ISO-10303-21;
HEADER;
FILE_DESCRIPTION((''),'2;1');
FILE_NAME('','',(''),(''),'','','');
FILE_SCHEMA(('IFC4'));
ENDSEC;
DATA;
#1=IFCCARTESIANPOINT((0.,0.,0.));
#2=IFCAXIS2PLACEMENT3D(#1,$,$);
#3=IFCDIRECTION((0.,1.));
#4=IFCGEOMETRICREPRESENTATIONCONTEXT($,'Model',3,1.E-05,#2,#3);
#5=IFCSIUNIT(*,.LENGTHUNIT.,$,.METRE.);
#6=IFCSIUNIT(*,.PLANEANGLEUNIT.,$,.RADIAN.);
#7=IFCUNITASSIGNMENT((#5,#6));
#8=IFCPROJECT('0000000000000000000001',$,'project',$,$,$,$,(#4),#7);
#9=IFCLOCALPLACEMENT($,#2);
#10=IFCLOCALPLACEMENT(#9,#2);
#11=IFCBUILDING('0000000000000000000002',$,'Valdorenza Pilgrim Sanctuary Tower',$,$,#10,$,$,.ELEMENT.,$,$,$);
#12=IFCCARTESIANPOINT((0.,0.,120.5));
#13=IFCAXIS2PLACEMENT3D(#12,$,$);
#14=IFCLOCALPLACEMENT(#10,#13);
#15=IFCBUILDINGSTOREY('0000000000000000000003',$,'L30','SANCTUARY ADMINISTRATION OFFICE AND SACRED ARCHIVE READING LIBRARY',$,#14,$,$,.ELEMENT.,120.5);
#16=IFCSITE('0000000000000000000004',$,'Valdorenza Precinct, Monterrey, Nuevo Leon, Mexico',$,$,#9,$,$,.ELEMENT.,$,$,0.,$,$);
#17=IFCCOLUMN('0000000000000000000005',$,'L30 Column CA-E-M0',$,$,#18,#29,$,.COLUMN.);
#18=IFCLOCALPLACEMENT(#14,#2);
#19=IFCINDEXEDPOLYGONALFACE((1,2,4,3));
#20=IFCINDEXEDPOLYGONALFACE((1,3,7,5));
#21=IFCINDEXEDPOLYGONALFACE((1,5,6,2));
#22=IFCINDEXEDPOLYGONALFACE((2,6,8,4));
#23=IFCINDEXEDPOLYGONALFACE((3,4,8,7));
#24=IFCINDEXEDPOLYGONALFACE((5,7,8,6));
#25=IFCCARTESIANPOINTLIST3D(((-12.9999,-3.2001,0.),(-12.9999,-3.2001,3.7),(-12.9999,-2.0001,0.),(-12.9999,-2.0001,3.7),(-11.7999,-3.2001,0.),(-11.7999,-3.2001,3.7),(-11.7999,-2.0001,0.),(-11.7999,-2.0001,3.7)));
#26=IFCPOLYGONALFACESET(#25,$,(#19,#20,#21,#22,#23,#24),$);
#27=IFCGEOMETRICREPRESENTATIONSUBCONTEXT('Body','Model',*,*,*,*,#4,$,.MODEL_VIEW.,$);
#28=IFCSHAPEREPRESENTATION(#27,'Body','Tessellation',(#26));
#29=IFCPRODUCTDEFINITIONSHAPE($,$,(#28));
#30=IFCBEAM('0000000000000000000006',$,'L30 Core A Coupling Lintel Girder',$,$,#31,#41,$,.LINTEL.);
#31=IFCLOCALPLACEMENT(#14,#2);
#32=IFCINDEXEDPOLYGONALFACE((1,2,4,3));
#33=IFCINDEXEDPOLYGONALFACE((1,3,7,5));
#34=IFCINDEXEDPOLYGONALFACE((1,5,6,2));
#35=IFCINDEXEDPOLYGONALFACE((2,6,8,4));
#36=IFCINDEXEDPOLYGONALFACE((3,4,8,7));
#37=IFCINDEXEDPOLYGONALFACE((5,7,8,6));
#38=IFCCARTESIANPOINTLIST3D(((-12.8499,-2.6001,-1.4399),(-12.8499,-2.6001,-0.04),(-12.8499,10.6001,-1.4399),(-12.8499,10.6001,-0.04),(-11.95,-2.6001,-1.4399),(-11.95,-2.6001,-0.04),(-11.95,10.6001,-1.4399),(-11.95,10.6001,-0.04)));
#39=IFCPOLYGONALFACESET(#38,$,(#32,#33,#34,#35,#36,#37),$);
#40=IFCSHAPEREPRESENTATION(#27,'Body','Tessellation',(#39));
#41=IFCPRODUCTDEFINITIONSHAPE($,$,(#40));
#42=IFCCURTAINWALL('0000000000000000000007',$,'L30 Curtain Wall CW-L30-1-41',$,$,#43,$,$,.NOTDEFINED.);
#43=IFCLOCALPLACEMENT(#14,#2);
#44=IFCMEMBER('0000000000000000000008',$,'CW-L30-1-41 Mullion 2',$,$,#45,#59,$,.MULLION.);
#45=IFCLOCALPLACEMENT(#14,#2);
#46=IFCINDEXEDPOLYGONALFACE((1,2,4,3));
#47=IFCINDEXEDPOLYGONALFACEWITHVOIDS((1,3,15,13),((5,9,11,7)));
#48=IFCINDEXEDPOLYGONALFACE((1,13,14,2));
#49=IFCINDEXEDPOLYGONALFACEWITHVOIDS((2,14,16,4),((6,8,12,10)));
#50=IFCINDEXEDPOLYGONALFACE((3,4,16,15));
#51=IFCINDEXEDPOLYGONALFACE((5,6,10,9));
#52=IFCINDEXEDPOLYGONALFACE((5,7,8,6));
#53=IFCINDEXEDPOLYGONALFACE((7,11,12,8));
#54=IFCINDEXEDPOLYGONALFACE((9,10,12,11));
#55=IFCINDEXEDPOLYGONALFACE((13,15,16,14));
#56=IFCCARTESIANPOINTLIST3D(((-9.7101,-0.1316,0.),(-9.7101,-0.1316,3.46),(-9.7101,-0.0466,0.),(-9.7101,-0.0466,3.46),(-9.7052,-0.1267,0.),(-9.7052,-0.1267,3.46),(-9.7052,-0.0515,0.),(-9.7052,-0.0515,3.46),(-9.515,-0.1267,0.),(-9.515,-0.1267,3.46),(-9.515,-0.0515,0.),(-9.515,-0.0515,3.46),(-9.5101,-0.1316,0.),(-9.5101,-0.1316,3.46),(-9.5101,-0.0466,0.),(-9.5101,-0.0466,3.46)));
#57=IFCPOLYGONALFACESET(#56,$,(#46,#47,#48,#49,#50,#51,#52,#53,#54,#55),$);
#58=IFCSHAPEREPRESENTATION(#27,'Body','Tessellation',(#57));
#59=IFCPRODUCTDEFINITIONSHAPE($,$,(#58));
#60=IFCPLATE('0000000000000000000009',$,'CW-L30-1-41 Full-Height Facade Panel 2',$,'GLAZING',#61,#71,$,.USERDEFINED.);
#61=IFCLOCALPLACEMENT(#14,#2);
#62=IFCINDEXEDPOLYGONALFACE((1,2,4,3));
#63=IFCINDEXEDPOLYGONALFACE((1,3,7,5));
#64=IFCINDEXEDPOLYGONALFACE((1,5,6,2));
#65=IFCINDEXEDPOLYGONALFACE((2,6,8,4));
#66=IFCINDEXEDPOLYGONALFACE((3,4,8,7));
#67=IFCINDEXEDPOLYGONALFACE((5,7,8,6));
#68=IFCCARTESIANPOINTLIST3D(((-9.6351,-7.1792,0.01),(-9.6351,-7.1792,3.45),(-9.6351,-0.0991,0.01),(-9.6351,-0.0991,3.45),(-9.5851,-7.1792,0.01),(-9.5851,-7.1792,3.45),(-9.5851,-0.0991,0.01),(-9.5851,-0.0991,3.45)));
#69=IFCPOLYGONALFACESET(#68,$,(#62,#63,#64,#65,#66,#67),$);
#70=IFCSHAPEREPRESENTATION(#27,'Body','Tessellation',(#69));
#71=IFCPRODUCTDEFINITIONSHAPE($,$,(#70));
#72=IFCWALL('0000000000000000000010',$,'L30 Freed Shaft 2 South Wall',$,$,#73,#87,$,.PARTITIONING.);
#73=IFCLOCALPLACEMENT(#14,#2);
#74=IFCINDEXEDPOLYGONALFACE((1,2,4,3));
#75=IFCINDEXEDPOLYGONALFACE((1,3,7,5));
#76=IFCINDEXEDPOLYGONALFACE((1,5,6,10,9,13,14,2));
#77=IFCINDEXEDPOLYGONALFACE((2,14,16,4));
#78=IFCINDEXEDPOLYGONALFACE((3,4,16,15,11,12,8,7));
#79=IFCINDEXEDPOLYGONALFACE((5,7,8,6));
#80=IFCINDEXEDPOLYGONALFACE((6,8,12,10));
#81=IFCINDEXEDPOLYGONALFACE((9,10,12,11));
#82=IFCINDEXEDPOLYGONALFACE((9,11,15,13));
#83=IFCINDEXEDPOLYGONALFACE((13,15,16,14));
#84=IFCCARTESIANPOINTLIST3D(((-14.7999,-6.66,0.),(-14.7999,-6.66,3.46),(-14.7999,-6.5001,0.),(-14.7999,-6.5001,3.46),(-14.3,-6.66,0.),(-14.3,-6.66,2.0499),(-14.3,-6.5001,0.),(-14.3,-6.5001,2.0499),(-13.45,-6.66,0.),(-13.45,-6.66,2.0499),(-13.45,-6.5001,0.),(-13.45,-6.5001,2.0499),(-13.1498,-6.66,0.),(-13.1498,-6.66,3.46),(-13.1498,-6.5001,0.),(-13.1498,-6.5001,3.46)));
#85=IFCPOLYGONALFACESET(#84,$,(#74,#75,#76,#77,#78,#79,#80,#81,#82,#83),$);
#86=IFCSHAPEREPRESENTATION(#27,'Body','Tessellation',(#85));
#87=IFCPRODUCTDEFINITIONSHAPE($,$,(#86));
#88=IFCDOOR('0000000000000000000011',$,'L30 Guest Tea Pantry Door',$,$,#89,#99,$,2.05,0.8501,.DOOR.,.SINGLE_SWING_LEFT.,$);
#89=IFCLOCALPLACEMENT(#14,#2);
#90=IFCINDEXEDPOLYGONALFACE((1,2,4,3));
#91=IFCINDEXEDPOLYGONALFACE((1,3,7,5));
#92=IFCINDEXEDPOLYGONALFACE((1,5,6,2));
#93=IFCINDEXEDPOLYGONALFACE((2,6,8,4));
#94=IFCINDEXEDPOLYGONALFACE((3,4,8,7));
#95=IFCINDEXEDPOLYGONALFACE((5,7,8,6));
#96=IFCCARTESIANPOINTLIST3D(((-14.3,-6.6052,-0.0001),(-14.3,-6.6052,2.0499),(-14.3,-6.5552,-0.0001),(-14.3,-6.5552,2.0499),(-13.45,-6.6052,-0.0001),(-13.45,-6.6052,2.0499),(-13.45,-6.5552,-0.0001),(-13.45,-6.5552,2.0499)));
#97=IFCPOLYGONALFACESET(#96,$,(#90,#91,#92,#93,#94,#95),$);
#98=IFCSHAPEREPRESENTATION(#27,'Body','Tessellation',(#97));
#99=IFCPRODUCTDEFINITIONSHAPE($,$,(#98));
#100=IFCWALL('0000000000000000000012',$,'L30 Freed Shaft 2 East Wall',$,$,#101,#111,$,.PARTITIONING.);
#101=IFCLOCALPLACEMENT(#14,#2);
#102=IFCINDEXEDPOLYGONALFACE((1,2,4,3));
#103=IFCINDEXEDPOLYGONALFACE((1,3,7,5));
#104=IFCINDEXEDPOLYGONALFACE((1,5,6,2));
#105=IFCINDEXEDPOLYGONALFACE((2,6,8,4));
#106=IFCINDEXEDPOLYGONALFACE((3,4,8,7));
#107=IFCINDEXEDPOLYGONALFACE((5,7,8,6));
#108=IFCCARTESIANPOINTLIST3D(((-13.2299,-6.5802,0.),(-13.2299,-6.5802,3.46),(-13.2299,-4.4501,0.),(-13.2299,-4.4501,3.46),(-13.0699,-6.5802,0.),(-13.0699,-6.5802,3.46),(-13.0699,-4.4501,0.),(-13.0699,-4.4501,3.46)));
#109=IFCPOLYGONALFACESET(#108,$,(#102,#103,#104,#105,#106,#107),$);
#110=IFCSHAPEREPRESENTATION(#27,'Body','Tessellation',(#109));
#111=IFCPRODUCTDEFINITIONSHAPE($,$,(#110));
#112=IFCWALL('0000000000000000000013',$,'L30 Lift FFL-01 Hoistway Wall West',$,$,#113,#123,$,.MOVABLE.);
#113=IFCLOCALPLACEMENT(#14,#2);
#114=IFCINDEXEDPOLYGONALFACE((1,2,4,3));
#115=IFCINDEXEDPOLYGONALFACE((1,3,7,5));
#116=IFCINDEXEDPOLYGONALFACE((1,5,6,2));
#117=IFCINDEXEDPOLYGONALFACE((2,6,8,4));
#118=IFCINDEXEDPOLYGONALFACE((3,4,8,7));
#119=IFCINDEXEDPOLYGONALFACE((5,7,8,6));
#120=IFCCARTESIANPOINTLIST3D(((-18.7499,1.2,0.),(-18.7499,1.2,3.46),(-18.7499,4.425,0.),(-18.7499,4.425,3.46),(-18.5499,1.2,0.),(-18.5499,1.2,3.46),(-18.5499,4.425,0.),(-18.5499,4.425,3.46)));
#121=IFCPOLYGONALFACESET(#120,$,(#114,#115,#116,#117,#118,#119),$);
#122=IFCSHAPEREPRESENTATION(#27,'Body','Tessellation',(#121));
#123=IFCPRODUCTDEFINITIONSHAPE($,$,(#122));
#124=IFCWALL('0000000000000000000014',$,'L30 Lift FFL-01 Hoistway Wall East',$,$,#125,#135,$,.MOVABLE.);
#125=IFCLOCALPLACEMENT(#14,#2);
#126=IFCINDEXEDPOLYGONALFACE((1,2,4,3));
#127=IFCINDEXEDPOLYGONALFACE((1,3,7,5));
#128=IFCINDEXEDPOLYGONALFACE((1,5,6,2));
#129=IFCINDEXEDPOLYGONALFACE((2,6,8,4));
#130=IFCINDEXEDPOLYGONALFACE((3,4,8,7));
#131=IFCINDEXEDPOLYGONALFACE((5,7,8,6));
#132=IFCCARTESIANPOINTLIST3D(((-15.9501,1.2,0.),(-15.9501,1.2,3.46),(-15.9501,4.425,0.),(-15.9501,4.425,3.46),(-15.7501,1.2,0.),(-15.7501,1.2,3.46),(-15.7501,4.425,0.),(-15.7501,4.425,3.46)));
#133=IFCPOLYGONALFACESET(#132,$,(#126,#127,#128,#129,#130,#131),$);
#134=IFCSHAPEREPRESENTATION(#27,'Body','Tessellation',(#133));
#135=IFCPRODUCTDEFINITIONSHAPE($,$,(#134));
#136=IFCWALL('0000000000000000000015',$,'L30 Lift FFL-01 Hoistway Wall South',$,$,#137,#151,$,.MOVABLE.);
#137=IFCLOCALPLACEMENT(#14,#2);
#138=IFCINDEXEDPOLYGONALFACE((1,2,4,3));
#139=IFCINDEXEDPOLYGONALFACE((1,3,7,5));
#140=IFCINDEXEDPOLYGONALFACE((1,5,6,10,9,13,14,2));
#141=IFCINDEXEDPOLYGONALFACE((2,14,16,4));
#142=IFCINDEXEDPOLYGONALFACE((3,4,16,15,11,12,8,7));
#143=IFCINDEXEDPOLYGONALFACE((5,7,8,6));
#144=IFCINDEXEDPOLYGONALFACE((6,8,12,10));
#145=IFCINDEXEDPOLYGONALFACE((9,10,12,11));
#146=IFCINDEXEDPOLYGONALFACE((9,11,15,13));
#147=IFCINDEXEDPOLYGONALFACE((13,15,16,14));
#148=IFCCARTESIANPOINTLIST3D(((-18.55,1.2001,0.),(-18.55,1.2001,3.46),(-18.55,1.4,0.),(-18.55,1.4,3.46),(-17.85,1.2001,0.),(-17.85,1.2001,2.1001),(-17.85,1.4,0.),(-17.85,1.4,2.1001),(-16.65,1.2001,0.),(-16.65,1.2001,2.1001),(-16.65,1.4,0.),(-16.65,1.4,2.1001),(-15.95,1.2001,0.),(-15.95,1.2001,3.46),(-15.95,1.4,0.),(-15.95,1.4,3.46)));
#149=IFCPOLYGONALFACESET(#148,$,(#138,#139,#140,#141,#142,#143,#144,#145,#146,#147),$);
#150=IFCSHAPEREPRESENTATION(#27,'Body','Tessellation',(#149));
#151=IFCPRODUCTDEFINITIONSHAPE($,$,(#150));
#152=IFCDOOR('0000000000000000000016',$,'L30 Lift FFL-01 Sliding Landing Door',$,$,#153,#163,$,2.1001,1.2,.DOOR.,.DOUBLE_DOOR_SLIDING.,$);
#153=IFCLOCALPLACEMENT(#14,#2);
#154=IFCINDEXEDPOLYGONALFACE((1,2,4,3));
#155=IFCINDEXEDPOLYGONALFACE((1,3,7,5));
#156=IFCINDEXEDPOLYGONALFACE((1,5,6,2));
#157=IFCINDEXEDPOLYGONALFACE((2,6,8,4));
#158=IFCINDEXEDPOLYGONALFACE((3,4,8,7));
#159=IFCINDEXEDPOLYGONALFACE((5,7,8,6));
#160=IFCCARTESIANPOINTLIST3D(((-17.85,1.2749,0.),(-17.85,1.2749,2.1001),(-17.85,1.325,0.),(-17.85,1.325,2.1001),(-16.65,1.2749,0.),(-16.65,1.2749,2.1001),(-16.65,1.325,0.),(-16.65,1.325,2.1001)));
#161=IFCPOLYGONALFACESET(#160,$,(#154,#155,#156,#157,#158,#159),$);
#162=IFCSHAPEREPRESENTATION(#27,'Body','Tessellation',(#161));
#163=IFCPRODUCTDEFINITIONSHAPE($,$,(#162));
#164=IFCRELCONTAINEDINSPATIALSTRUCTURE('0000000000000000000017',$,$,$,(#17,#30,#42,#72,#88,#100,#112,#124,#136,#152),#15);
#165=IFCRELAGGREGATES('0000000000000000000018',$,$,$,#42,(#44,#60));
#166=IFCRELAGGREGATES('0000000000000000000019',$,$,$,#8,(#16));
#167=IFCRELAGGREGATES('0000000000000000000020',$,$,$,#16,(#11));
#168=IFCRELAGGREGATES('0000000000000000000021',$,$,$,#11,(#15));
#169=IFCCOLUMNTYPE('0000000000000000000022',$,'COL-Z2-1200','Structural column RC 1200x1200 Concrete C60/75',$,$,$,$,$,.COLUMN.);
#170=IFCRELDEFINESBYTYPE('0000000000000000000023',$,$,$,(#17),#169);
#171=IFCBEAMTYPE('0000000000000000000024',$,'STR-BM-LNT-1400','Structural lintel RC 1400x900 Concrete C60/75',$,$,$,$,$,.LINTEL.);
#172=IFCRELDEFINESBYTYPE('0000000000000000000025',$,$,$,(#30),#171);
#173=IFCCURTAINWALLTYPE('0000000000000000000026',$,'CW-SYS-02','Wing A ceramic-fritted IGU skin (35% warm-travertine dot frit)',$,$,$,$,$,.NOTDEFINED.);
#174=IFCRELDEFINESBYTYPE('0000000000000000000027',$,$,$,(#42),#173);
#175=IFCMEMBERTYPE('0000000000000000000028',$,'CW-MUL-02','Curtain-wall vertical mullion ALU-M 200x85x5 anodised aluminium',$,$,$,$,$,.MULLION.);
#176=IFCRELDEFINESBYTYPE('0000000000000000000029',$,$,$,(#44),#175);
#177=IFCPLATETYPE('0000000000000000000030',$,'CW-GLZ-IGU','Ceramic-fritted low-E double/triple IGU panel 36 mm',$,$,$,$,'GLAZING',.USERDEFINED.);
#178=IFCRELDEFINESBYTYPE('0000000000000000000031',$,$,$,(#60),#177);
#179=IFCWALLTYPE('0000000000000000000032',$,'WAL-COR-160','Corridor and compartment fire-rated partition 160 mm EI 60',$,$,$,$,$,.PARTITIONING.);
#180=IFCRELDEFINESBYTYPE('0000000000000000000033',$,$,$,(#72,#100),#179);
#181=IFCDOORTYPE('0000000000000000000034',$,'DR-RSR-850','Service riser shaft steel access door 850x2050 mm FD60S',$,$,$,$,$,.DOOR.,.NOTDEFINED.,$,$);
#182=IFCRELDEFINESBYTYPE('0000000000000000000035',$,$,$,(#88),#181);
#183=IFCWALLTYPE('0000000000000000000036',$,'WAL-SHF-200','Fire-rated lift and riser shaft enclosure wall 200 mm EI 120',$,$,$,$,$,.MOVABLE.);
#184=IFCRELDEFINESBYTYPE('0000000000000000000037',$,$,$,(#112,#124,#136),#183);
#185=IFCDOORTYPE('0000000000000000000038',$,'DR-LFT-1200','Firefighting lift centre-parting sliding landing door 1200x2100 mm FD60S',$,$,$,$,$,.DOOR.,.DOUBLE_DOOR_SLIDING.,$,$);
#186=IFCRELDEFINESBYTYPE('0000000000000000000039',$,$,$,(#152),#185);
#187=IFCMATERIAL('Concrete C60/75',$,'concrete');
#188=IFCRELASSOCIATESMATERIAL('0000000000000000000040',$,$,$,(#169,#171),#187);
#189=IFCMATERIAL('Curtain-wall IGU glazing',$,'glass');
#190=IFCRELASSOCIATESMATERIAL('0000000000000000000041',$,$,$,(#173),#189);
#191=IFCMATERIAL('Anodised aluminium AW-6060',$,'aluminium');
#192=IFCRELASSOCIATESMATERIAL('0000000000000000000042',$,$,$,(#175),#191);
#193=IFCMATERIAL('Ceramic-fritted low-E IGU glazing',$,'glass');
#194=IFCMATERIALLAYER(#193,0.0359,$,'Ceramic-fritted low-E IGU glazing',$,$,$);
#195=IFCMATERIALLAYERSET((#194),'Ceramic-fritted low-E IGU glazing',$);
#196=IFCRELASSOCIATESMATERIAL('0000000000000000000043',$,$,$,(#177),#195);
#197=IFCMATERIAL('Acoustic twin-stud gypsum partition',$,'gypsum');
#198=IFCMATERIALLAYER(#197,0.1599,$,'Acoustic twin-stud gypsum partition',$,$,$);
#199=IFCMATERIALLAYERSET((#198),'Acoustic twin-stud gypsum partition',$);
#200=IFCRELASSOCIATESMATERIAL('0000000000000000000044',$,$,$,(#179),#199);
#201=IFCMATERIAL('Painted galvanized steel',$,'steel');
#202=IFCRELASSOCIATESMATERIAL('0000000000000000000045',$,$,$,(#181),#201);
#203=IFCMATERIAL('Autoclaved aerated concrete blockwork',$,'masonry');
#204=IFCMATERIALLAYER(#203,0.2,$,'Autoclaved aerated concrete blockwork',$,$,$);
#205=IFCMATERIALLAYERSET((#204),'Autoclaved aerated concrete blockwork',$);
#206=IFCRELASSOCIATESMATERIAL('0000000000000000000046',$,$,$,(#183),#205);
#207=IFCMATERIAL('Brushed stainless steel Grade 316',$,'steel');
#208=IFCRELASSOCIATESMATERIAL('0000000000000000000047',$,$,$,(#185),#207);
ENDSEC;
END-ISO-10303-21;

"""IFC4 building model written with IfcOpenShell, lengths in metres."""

from ifc_helpers import new_model, si_unit, direction, frame, frame_2d, origin, origin_2d, place, context, subcontext, project, spatial, rectangle, hollow_rectangle, extrude, source, transform, mapped, material, layer, layer_set, material_profile, profile_set, type_object, element, fill, aggregate, save


model = new_model("IFC4")

# Units and contexts
model_context = context("Model", 3, precision=1e-05, world=origin(), true_north=direction((0.0, 1.0)))
body_context = subcontext(model_context, "Body", "Model", "MODEL_VIEW")
ifc_project = project(units=[si_unit("LENGTHUNIT", "METRE"), si_unit("PLANEANGLEUNIT", "RADIAN")], contexts=[model_context])

# Site, building, storey
site_placement = place(None, origin())
site = spatial("IfcSite", under=ifc_project, at=site_placement, Name="Valdorenza Precinct, Monterrey, Nuevo Leon, Mexico", CompositionType="ELEMENT", RefElevation=0.0)
building_placement = place(site_placement, origin())
building = spatial("IfcBuilding", under=site, at=building_placement, Name="Valdorenza Pilgrim Sanctuary Tower", CompositionType="ELEMENT")
storey_placement = place(building_placement, frame((0.0, 0.0, 120.5)))
storey = spatial("IfcBuildingStorey", under=building, at=storey_placement, Name="L30", Description="SANCTUARY ADMINISTRATION OFFICE AND SACRED ARCHIVE READING LIBRARY", CompositionType="ELEMENT", Elevation=120.5)

# Column
ifc_material_1 = material(Name="Concrete C60/75", Category="concrete")
ifc_material_profile_1 = material_profile(ifc_material_1, rectangle(XDim=1.2, YDim=1.2, at=origin_2d()), Name="RC 1200x1200")
ifc_profile_set_1 = profile_set([ifc_material_profile_1], Name="Concrete C60/75")
column_type = type_object("IfcColumnType", Name="COL-Z2-1200", Description="Structural column RC 1200x1200 Concrete C60/75", PredefinedType="COLUMN", material=ifc_profile_set_1)
shared_shape_1 = source(origin(), body_context, "Body", "SweptSolid", [
    extrude(rectangle(XDim=1.2, YDim=1.2, at=origin_2d()), origin(), (0.0, 0.0, 1.0), 3.7),
])
column_placement = place(storey_placement, frame((-12.3999, -2.6001, 0.0), z_axis=(0.0, 0.0, 1.0), x_axis=(1.0, 0.0, 0.0)))
element("IfcColumn", 1, at=column_placement, inside=storey, type_object=column_type, Name="L30 Column CA-E-M0", PredefinedType="COLUMN", context=body_context, shape_type="MappedRepresentation", body=[
    mapped(shared_shape_1, transform((0.0, 0.0, 0.0), x_axis=(1.0, 0.0, 0.0), y_axis=(0.0, 1.0, 0.0), z_axis=(0.0, 0.0, 1.0), scale=1.0)),
])

# Beam
ifc_material_profile_2 = material_profile(ifc_material_1, rectangle(XDim=0.8999, YDim=1.3999, at=origin_2d()), Name="RC 1400x900")
ifc_profile_set_2 = profile_set([ifc_material_profile_2], Name="Concrete C60/75")
beam_type = type_object("IfcBeamType", Name="STR-BM-LNT-1400", Description="Structural lintel RC 1400x900 Concrete C60/75", PredefinedType="LINTEL", material=ifc_profile_set_2)
shared_shape_2 = source(origin(), body_context, "Body", "SweptSolid", [
    extrude(rectangle(XDim=0.8999, YDim=1.3999, at=origin_2d()), origin(), (0.0, 0.0, 1.0), 13.2002),
])
beam_placement = place(storey_placement, frame((-12.3999, -2.6001, -0.74), z_axis=(0.0, 1.0, 0.0), x_axis=(-1.0, 0.0, 0.0)))
element("IfcBeam", 2, at=beam_placement, inside=storey, type_object=beam_type, Name="L30 Core A Coupling Lintel Girder", PredefinedType="LINTEL", context=body_context, shape_type="MappedRepresentation", body=[
    mapped(shared_shape_2, transform((0.0, 0.0, 0.0), x_axis=(1.0, 0.0, 0.0), y_axis=(0.0, 1.0, 0.0), z_axis=(0.0, 0.0, 1.0), scale=1.0)),
])

# Curtain wall, member, plate
ifc_material_2 = material(Name="Curtain-wall IGU glazing", Category="glass")
curtain_wall_type = type_object("IfcCurtainWallType", Name="CW-SYS-02", Description="Wing A ceramic-fritted IGU skin (35% warm-travertine dot frit)", PredefinedType="NOTDEFINED", material=ifc_material_2)
curtain_wall_placement = place(storey_placement, origin())
curtain_wall = element("IfcCurtainWall", 3, at=curtain_wall_placement, inside=storey, type_object=curtain_wall_type, Name="L30 Curtain Wall CW-L30-1-41", PredefinedType="NOTDEFINED")
ifc_material_3 = material(Name="Anodised aluminium AW-6060", Category="aluminium")
ifc_material_profile_3 = material_profile(ifc_material_3, hollow_rectangle(XDim=0.085, YDim=0.2, WallThickness=0.0049, at=origin_2d()), Name="ALU-M 200x85x5")
ifc_profile_set_3 = profile_set([ifc_material_profile_3], Name="Anodised aluminium AW-6060")
member_type = type_object("IfcMemberType", Name="CW-MUL-02", Description="Curtain-wall vertical mullion ALU-M 200x85x5 anodised aluminium", PredefinedType="MULLION", material=ifc_profile_set_3)
shared_shape_3 = source(origin(), body_context, "Body", "SweptSolid", [
    extrude(hollow_rectangle(XDim=0.085, YDim=0.2, WallThickness=0.0049, at=origin_2d()), origin(), (0.0, 0.0, 1.0), 3.46),
])
member_placement = place(storey_placement, frame((-9.6101, -0.0891, 0.0), z_axis=(0.0, 0.0, 1.0), x_axis=(0.0, -1.0, 0.0)))
member = element("IfcMember", 4, at=member_placement, type_object=member_type, Name="CW-L30-1-41 Mullion 2", PredefinedType="MULLION", context=body_context, shape_type="MappedRepresentation", body=[
    mapped(shared_shape_3, transform((0.0, 0.0, 0.0), x_axis=(1.0, 0.0, 0.0), y_axis=(0.0, 1.0, 0.0), z_axis=(0.0, 0.0, 1.0), scale=1.0)),
])
ifc_material_4 = material(Name="Ceramic-fritted low-E IGU glazing", Category="glass")
ifc_layer_1 = layer(ifc_material_4, 0.0359, Name="Ceramic-fritted low-E IGU glazing")
ifc_layer_set_1 = layer_set([ifc_layer_1], Name="Ceramic-fritted low-E IGU glazing")
plate_type = type_object("IfcPlateType", Name="CW-GLZ-IGU", Description="Ceramic-fritted low-E double/triple IGU panel 36 mm", ElementType="GLAZING", PredefinedType="USERDEFINED", material=ifc_layer_set_1)
shared_shape_4 = source(origin(), body_context, "Body", "SweptSolid", [
    extrude(rectangle(XDim=7.0801, YDim=0.05, at=origin_2d()), origin(), (0.0, 0.0, 1.0), 3.4399),
])
plate_placement = place(storey_placement, frame((-9.6101, -3.6392, 0.01), z_axis=(0.0, 0.0, 1.0), x_axis=(0.0, -1.0, 0.0)))
plate = element("IfcPlate", 5, at=plate_placement, type_object=plate_type, Name="CW-L30-1-41 Full-Height Facade Panel 2", ObjectType="GLAZING", PredefinedType="USERDEFINED", context=body_context, shape_type="MappedRepresentation", body=[
    mapped(shared_shape_4, transform((0.0, 0.0, 0.0), x_axis=(1.0, 0.0, 0.0), y_axis=(0.0, 1.0, 0.0), z_axis=(0.0, 0.0, 1.0), scale=1.0)),
])
aggregate(curtain_wall, [member, plate])

# Wall, opening, door
ifc_material_5 = material(Name="Acoustic twin-stud gypsum partition", Category="gypsum")
ifc_layer_2 = layer(ifc_material_5, 0.1599, Name="Acoustic twin-stud gypsum partition")
ifc_layer_set_2 = layer_set([ifc_layer_2], Name="Acoustic twin-stud gypsum partition")
wall_type_1 = type_object("IfcWallType", Name="WAL-COR-160", Description="Corridor and compartment fire-rated partition 160 mm EI 60", PredefinedType="PARTITIONING", material=ifc_layer_set_2)
wall_1_placement = place(storey_placement, frame((-14.8, -6.5801, 0.0), z_axis=(0.0, 0.0, 1.0), x_axis=(1.0, 0.0, 0.0)))
wall_1 = element("IfcWall", 6, at=wall_1_placement, inside=storey, type_object=wall_type_1, Name="L30 Freed Shaft 2 South Wall", PredefinedType="PARTITIONING", context=body_context, shape_type="SweptSolid", body=[
    extrude(rectangle(XDim=1.6501, YDim=0.1599, at=frame_2d((0.8252, 0.0))), origin(), (0.0, 0.0, 1.0), 3.46),
])
opening_1_placement = place(wall_1_placement, frame((0.5, 0.0, 0.0)))
opening_1 = element("IfcOpeningElement", 7, at=opening_1_placement, cuts=wall_1, PredefinedType="OPENING", context=body_context, shape_type="SweptSolid", body=[
    extrude(rectangle(XDim=0.8501, YDim=2.05, at=frame_2d((0.425, 1.0249))), frame((0.0, 0.0947, 0.0), z_axis=(0.0, -1.0, 0.0), x_axis=(1.0, 0.0, 0.0)), (0.0, 0.0, 1.0), 0.1897),
])
ifc_material_6 = material(Name="Painted galvanized steel", Category="steel")
door_type_1 = type_object("IfcDoorType", Name="DR-RSR-850", Description="Service riser shaft steel access door 850x2050 mm FD60S", OperationType="NOTDEFINED", PredefinedType="DOOR", material=ifc_material_6)
door_1_placement = place(opening_1_placement, origin())
door_1 = element("IfcDoor", 8, at=door_1_placement, inside=storey, type_object=door_type_1, Name="L30 Guest Tea Pantry Door", OperationType="SINGLE_SWING_LEFT", OverallHeight=2.05, OverallWidth=0.8501, PredefinedType="DOOR", context=body_context, shape_type="SweptSolid", body=[
    extrude(rectangle(XDim=0.8501, YDim=2.05, at=frame_2d((0.425, 1.0249))), frame((0.0, 0.0249, 0.0), z_axis=(0.0, -1.0, 0.0), x_axis=(1.0, 0.0, 0.0)), (0.0, 0.0, 1.0), 0.05),
])
fill(opening_1, door_1)

# Wall
wall_2_placement = place(storey_placement, frame((-13.1499, -6.5801, 0.0), z_axis=(0.0, 0.0, 1.0), x_axis=(0.0, 1.0, 0.0)))
element("IfcWall", 9, at=wall_2_placement, inside=storey, type_object=wall_type_1, Name="L30 Freed Shaft 2 East Wall", PredefinedType="PARTITIONING", context=body_context, shape_type="SweptSolid", body=[
    extrude(rectangle(XDim=2.1301, YDim=0.1599, at=frame_2d((1.0649, 0.0))), origin(), (0.0, 0.0, 1.0), 3.46),
])

# Walls
ifc_material_7 = material(Name="Autoclaved aerated concrete blockwork", Category="masonry")
ifc_layer_3 = layer(ifc_material_7, 0.2, Name="Autoclaved aerated concrete blockwork")
ifc_layer_set_3 = layer_set([ifc_layer_3], Name="Autoclaved aerated concrete blockwork")
wall_type_2 = type_object("IfcWallType", Name="WAL-SHF-200", Description="Fire-rated lift and riser shaft enclosure wall 200 mm EI 120", PredefinedType="MOVABLE", material=ifc_layer_set_3)
for number, where, z_axis, x_axis, name in (
    (10, (-18.6499, 1.2, 0.0), (0.0, 0.0, 1.0), (0.0, 1.0, 0.0), "L30 Lift FFL-01 Hoistway Wall West"),
    (11, (-15.8501, 1.2, 0.0), (0.0, 0.0, 1.0), (0.0, 1.0, 0.0), "L30 Lift FFL-01 Hoistway Wall East"),
):
    element("IfcWall", number, at=place(storey_placement, frame(where, z_axis=z_axis, x_axis=x_axis)), inside=storey, type_object=wall_type_2, Name=name, PredefinedType="MOVABLE", context=body_context, shape_type="SweptSolid", body=[
        extrude(rectangle(XDim=3.2251, YDim=0.2, at=frame_2d((1.6125, 0.0))), origin(), (0.0, 0.0, 1.0), 3.46),
    ])

# Wall, opening, door
wall_3_placement = place(storey_placement, frame((-18.55, 1.3, 0.0), z_axis=(0.0, 0.0, 1.0), x_axis=(1.0, 0.0, 0.0)))
wall_3 = element("IfcWall", 12, at=wall_3_placement, inside=storey, type_object=wall_type_2, Name="L30 Lift FFL-01 Hoistway Wall South", PredefinedType="MOVABLE", context=body_context, shape_type="SweptSolid", body=[
    extrude(rectangle(XDim=2.6001, YDim=0.2, at=frame_2d((1.3, 0.0))), origin(), (0.0, 0.0, 1.0), 3.46),
])
opening_2_placement = place(wall_3_placement, frame((0.7, 0.0, 0.0)))
opening_2 = element("IfcOpeningElement", 13, at=opening_2_placement, cuts=wall_3, PredefinedType="OPENING", context=body_context, shape_type="SweptSolid", body=[
    extrude(rectangle(XDim=1.2, YDim=2.1001, at=frame_2d((0.6001, 1.05))), frame((0.0, 0.1147, 0.0), z_axis=(0.0, -1.0, 0.0), x_axis=(1.0, 0.0, 0.0)), (0.0, 0.0, 1.0), 0.2297),
])
ifc_material_8 = material(Name="Brushed stainless steel Grade 316", Category="steel")
door_type_2 = type_object("IfcDoorType", Name="DR-LFT-1200", Description="Firefighting lift centre-parting sliding landing door 1200x2100 mm FD60S", OperationType="DOUBLE_DOOR_SLIDING", PredefinedType="DOOR", material=ifc_material_8)
door_2_placement = place(opening_2_placement, origin())
door_2 = element("IfcDoor", 14, at=door_2_placement, inside=storey, type_object=door_type_2, Name="L30 Lift FFL-01 Sliding Landing Door", OperationType="DOUBLE_DOOR_SLIDING", OverallHeight=2.1001, OverallWidth=1.2, PredefinedType="DOOR", context=body_context, shape_type="SweptSolid", body=[
    extrude(rectangle(XDim=1.2, YDim=2.1001, at=frame_2d((0.6001, 1.05))), frame((0.0, 0.0249, 0.0), z_axis=(0.0, -1.0, 0.0), x_axis=(1.0, 0.0, 0.0)), (0.0, 0.0, 1.0), 0.05),
])
fill(opening_2, door_2)

save(model, "model.ifc")
